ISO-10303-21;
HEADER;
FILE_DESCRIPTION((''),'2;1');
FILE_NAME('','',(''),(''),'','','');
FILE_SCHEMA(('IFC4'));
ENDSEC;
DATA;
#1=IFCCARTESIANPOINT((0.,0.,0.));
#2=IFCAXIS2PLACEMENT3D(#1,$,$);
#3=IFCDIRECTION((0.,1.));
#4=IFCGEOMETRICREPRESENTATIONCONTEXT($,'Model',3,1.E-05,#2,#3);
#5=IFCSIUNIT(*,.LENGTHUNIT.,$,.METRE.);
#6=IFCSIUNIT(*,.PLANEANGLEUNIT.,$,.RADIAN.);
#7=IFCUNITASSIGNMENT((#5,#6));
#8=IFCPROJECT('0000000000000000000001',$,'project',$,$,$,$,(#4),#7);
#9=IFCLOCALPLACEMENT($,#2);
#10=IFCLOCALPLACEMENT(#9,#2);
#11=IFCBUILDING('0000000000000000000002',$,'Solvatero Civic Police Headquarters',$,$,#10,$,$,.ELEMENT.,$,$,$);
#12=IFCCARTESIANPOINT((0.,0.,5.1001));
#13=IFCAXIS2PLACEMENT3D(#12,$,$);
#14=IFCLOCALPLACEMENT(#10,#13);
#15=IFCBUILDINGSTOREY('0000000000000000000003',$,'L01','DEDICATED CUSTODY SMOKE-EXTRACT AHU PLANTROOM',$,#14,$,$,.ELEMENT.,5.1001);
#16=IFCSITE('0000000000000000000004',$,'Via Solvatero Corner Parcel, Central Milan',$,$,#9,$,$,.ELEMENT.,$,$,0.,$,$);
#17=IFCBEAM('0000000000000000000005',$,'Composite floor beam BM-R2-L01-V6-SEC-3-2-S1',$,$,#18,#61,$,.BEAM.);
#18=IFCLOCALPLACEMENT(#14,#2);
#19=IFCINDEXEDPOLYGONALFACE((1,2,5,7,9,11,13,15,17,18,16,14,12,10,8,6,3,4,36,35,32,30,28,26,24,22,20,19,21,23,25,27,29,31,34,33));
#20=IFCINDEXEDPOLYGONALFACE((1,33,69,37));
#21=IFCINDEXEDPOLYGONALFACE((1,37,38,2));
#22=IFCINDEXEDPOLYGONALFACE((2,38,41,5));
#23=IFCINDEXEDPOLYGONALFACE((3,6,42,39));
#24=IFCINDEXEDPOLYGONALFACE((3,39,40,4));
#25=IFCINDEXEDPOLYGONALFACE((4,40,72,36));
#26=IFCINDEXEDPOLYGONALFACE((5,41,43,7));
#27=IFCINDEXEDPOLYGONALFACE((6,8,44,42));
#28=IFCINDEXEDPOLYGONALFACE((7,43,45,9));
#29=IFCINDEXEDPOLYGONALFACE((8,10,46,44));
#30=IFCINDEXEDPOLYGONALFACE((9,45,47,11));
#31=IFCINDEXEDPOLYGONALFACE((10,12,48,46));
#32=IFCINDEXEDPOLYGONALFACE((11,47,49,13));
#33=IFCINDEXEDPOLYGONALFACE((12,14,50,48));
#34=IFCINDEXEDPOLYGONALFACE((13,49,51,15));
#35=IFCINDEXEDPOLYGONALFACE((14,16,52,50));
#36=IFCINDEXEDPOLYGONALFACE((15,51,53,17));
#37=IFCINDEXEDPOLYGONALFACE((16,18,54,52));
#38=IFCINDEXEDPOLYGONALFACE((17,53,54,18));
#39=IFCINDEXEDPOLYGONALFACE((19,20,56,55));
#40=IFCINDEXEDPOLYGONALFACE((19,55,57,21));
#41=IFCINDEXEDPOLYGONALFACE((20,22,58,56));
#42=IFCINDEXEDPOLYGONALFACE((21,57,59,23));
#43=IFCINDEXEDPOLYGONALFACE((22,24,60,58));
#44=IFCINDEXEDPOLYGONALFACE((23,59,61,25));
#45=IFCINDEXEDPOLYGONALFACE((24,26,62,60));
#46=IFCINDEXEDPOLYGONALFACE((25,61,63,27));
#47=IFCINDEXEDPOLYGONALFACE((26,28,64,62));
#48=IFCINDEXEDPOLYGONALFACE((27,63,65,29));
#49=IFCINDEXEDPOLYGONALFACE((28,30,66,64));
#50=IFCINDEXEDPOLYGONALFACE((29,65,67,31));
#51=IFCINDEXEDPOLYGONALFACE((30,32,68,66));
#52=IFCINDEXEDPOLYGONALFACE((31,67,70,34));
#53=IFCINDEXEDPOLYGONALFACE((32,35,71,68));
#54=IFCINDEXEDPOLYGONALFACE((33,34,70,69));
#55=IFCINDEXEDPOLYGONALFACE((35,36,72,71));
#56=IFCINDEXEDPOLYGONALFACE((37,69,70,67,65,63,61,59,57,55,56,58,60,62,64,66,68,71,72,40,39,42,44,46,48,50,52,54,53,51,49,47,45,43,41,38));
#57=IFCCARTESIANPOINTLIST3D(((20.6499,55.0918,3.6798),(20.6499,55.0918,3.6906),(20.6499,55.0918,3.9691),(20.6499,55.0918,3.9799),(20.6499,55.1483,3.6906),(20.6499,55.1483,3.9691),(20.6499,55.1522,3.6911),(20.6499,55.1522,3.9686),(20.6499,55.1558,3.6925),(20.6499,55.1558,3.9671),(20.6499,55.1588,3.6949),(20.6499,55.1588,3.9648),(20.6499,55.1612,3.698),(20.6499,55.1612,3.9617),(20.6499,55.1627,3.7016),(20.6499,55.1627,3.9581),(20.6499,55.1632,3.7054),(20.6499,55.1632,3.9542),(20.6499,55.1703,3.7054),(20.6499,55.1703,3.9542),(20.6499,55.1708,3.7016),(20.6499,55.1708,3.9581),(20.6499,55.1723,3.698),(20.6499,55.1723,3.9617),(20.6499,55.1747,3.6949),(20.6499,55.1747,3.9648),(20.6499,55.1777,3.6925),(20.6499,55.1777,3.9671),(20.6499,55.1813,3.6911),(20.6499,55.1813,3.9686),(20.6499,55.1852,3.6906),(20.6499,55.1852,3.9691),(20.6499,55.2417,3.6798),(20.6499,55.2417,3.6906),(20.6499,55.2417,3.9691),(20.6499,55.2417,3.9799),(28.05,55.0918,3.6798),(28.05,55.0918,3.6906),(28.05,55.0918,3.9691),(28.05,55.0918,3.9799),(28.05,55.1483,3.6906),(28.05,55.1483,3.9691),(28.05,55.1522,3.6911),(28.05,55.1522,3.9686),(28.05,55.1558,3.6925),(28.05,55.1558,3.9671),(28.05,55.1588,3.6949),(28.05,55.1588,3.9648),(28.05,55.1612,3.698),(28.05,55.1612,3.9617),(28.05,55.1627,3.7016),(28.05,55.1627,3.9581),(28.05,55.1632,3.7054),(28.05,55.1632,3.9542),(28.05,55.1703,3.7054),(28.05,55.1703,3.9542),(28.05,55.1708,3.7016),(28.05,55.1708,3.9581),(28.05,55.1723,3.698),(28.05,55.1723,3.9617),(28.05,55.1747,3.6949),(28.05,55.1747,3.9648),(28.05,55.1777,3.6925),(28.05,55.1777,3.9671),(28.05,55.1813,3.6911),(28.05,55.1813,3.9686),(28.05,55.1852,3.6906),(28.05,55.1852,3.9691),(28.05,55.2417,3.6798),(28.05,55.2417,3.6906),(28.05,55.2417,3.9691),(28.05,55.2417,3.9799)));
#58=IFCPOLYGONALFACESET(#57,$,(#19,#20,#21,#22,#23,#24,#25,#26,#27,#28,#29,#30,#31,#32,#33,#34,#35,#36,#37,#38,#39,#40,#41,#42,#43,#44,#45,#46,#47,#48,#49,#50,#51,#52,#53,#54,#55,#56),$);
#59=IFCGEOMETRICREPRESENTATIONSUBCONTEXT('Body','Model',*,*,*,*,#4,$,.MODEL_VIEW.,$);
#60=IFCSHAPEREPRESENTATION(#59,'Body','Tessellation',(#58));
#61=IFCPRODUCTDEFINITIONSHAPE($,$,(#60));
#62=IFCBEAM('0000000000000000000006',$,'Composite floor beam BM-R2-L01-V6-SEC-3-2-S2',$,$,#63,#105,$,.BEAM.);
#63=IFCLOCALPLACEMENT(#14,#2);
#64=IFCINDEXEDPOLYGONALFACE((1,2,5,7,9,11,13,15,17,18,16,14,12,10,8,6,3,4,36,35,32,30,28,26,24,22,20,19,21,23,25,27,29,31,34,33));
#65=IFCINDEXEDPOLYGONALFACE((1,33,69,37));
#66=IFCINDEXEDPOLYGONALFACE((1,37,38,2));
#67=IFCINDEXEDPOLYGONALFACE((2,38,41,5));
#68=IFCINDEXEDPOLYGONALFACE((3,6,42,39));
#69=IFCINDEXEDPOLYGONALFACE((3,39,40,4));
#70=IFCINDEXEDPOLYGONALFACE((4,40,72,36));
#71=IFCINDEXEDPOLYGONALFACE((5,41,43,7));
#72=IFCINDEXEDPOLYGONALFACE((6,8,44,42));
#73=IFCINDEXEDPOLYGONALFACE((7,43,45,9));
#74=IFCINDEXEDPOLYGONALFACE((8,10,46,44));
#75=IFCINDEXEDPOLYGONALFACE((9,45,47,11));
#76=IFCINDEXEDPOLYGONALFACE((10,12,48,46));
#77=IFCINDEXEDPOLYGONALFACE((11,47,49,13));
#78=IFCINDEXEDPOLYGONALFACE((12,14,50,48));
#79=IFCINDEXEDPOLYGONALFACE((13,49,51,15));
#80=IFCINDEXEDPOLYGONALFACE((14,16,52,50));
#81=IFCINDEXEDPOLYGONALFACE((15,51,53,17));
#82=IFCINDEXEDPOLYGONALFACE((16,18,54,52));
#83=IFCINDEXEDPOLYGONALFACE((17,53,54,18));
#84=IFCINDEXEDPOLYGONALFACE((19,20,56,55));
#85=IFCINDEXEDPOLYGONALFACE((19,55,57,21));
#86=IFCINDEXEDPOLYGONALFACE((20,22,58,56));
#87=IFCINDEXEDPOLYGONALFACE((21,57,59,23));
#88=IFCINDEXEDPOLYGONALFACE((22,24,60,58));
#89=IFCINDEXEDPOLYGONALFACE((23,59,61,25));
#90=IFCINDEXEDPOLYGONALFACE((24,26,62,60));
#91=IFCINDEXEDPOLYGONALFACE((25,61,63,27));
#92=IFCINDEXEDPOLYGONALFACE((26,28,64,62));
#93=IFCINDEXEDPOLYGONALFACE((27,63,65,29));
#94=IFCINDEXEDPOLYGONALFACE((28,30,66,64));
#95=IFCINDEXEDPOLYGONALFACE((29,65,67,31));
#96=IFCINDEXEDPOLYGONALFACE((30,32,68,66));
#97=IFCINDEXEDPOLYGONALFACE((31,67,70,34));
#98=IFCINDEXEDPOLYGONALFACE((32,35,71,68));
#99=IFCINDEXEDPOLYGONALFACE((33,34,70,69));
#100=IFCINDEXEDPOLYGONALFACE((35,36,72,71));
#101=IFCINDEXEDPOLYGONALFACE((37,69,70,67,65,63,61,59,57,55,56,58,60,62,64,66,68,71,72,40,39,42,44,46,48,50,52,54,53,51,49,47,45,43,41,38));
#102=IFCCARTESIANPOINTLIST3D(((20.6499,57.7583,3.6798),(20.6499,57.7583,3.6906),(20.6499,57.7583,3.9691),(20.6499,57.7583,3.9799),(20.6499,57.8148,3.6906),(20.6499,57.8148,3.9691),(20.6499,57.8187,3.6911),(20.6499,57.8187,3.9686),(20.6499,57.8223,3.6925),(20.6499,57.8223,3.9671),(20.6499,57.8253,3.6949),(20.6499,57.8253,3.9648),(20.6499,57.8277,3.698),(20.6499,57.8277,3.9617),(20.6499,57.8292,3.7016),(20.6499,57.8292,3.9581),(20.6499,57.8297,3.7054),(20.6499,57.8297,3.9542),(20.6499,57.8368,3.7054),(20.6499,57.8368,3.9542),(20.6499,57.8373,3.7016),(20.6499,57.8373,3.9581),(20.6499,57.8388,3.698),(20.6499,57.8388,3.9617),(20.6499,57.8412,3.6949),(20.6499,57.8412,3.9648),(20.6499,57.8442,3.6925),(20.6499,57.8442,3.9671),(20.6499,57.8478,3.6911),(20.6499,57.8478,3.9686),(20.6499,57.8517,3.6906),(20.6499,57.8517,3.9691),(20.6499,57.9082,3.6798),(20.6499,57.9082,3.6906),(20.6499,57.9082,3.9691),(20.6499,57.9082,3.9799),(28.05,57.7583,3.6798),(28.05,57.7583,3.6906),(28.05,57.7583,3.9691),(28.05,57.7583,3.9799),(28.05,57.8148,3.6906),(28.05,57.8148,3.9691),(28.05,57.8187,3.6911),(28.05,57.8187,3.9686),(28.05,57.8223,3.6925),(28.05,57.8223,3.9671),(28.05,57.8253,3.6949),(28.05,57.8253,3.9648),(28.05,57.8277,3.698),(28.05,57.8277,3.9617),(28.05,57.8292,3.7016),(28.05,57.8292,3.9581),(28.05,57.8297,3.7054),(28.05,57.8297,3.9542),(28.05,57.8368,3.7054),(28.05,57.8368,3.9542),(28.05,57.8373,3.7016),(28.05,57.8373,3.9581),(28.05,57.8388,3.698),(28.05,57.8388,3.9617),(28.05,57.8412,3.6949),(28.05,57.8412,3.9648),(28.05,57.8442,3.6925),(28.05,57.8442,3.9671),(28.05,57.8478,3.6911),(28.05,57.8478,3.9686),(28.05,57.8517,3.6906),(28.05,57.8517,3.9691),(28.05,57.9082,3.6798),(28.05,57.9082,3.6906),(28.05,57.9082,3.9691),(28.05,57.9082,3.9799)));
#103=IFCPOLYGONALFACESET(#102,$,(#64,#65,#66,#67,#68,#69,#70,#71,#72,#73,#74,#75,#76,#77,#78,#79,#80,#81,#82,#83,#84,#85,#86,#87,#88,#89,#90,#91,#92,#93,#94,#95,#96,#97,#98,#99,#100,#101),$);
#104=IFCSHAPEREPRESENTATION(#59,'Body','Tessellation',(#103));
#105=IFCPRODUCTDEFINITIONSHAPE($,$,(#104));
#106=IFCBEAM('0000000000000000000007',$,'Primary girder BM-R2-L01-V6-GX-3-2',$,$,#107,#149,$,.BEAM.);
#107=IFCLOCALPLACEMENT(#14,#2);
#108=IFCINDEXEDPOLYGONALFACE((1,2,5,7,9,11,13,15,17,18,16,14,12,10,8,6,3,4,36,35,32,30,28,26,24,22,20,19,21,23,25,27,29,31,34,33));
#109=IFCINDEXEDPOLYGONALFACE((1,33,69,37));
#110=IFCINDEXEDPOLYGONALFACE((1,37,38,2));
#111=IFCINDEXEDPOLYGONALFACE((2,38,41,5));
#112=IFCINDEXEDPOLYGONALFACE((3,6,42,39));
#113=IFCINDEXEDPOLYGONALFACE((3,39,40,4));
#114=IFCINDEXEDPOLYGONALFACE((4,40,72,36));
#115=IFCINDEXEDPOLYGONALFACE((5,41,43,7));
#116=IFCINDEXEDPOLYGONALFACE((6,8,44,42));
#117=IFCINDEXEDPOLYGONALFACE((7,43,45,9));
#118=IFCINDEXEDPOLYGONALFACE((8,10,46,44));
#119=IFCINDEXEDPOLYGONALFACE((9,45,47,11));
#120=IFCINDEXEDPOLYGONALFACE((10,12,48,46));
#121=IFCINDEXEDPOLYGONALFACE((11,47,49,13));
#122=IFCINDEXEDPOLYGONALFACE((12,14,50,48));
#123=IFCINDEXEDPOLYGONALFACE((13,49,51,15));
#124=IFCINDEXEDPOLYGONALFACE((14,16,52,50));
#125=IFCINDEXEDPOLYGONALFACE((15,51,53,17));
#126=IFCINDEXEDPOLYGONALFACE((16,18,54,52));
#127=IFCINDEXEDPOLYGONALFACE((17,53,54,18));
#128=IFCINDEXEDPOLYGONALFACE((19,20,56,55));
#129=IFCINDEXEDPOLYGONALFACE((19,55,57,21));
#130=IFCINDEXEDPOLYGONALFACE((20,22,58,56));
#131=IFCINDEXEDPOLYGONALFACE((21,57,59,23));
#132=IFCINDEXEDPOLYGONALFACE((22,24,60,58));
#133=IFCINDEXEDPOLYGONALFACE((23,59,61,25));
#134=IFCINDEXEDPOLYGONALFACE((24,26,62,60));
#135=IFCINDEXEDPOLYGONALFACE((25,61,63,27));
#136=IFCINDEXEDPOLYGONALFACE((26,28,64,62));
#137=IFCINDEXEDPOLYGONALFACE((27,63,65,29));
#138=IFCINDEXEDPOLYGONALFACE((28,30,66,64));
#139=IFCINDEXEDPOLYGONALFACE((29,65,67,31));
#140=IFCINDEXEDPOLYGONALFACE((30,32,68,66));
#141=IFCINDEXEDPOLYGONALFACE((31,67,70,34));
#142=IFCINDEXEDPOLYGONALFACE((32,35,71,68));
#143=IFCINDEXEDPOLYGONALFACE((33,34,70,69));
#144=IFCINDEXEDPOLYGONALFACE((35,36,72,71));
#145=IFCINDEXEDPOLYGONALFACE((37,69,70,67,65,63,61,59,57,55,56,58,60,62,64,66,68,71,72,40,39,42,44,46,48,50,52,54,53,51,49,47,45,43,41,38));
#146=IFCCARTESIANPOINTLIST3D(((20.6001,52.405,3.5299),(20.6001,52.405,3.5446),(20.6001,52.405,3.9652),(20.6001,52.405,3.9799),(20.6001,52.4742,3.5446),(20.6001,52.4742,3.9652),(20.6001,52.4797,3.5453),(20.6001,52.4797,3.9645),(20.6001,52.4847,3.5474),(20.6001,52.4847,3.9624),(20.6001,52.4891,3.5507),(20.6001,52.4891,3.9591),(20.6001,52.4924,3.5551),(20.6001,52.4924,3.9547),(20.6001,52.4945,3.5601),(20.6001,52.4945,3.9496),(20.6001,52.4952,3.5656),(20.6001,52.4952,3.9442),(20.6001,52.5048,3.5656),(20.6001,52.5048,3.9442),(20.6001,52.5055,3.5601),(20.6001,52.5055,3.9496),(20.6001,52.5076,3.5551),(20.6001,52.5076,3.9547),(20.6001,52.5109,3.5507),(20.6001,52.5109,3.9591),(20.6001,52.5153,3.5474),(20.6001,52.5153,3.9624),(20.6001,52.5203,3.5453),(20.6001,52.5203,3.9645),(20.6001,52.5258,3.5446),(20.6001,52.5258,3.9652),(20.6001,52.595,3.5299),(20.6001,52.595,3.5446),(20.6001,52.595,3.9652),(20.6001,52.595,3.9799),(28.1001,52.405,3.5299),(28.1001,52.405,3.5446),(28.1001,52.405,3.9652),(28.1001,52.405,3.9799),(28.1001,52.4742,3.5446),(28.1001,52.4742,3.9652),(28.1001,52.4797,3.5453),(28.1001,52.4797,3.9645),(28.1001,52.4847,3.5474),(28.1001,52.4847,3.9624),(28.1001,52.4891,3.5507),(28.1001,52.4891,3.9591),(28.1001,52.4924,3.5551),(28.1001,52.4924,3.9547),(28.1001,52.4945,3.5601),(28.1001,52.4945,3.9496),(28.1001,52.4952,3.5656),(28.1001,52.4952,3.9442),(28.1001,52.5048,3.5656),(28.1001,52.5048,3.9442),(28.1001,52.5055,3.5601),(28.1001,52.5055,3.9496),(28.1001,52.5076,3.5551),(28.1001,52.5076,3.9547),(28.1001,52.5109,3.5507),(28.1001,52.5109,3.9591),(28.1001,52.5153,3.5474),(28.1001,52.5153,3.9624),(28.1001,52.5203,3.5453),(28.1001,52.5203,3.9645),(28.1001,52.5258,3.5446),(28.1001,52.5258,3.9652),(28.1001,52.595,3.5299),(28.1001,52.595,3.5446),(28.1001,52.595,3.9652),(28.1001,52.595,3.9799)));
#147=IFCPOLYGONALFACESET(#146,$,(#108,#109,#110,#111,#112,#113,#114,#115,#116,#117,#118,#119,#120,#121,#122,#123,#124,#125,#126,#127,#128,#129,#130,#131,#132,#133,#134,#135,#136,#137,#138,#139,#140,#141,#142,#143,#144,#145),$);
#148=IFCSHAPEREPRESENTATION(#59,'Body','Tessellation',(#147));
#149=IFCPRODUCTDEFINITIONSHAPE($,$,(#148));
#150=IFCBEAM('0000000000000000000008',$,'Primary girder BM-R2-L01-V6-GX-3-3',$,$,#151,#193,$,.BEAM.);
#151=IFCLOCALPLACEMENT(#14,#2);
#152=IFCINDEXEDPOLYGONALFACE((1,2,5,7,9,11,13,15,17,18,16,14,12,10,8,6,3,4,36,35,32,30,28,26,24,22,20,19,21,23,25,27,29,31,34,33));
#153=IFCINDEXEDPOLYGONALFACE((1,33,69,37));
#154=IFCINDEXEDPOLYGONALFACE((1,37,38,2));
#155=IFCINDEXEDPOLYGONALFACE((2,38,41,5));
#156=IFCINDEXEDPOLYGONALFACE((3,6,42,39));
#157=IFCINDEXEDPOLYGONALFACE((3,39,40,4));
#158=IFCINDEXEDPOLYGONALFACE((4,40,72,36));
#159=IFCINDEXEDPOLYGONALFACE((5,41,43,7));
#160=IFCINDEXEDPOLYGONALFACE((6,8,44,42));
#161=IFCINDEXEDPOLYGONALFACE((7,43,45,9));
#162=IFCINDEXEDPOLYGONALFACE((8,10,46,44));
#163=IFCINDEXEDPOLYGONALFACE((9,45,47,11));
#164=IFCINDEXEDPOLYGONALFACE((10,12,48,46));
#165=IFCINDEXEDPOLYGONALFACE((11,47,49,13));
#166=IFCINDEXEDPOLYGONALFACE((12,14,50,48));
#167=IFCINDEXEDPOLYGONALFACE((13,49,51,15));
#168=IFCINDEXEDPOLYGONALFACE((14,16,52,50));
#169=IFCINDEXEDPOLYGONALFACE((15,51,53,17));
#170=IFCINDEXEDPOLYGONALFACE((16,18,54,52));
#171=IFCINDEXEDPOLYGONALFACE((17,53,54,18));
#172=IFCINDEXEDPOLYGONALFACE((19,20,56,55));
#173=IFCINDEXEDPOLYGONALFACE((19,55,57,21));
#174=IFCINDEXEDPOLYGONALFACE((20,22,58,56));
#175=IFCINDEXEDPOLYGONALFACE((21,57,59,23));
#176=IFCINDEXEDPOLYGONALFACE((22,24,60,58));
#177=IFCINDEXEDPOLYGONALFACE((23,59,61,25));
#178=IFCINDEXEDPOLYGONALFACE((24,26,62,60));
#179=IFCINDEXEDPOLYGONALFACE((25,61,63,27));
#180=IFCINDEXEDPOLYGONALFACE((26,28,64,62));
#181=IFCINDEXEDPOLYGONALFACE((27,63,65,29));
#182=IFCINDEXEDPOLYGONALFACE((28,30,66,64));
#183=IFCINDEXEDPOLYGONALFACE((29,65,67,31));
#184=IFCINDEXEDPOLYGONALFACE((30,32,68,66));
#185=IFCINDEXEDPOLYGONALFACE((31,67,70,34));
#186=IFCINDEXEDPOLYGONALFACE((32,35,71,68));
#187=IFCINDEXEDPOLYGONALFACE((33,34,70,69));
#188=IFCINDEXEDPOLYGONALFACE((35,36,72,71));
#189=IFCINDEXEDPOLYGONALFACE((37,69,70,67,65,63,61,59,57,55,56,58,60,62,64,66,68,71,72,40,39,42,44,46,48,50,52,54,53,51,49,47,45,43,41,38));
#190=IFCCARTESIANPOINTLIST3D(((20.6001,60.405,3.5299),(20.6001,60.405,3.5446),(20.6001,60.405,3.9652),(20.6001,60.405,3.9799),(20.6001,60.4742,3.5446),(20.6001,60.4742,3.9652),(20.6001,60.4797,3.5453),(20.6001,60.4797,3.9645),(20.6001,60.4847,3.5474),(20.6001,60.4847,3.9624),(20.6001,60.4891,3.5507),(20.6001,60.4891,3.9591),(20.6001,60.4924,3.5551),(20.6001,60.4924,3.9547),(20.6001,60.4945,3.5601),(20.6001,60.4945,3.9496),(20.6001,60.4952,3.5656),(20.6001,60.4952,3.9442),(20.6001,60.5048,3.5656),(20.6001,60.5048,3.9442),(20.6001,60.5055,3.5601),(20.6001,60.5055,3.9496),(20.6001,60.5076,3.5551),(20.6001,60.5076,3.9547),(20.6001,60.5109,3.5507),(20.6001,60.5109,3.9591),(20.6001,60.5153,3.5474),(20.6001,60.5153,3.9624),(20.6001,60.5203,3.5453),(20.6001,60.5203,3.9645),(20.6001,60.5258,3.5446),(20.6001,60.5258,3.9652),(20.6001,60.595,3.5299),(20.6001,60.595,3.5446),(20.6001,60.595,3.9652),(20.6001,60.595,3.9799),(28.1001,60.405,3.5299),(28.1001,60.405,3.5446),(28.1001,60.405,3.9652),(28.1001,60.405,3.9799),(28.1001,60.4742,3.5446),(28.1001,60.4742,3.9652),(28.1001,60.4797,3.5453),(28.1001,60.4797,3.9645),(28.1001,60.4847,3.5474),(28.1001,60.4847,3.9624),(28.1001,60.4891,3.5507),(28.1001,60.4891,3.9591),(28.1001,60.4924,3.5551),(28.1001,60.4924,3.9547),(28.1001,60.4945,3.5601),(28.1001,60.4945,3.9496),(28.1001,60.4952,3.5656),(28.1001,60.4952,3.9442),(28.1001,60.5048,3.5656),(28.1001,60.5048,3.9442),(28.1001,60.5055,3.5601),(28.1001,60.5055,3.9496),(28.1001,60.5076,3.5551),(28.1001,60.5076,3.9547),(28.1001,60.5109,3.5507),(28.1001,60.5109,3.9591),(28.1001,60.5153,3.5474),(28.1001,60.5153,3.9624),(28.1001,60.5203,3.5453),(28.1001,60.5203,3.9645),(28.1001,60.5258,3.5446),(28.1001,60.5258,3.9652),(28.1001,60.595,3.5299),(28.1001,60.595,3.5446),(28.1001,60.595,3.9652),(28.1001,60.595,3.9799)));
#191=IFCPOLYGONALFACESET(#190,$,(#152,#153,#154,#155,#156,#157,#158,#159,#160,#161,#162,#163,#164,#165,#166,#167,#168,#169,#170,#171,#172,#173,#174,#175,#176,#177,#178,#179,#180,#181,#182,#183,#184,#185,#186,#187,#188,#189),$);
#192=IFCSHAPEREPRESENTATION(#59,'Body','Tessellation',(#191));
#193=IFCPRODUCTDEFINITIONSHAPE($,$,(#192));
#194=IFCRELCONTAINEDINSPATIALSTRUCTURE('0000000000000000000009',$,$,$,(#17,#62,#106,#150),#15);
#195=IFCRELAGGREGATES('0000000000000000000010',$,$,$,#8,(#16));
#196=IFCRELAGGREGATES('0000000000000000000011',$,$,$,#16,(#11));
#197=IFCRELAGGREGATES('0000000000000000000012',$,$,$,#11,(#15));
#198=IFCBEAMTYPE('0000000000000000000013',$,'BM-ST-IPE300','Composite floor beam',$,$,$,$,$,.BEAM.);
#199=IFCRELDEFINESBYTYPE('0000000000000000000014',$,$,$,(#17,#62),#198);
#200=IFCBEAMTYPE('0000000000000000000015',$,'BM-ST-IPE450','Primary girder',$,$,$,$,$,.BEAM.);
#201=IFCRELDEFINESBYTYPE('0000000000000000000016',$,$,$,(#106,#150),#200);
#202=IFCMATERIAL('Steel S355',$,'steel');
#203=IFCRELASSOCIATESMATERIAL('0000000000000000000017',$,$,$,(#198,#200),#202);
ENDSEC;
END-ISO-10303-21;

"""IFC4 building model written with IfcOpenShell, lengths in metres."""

from ifc_helpers import new_model, si_unit, direction, frame, origin, origin_2d, place, context, subcontext, project, spatial, i_section, extrude, material, material_profile, profile_set, type_object, element, save


model = new_model("IFC4")

# Units and contexts
model_context = context("Model", 3, precision=1e-05, world=origin(), true_north=direction((0.0, 1.0)))
body_context = subcontext(model_context, "Body", "Model", "MODEL_VIEW")
ifc_project = project(units=[si_unit("LENGTHUNIT", "METRE"), si_unit("PLANEANGLEUNIT", "RADIAN")], contexts=[model_context])

# Site, building, storey
site_placement = place(None, origin())
site = spatial("IfcSite", under=ifc_project, at=site_placement, Name="Via Solvatero Corner Parcel, Central Milan", CompositionType="ELEMENT", RefElevation=0.0)
building_placement = place(site_placement, origin())
building = spatial("IfcBuilding", under=site, at=building_placement, Name="Solvatero Civic Police Headquarters", CompositionType="ELEMENT")
storey_placement = place(building_placement, frame((0.0, 0.0, 5.1001)))
storey = spatial("IfcBuildingStorey", under=building, at=storey_placement, Name="L01", Description="DEDICATED CUSTODY SMOKE-EXTRACT AHU PLANTROOM", CompositionType="ELEMENT", Elevation=5.1001)

# Shared definitions
ifc_material_1 = material(Name="Steel S355", Category="steel")

# Beams
ifc_material_profile_1 = material_profile(ifc_material_1, i_section(OverallWidth=0.1499, OverallDepth=0.3, WebThickness=0.0071, FlangeThickness=0.0107, FilletRadius=0.0149, at=origin_2d()), Name="IPE 300")
ifc_profile_set_1 = profile_set([ifc_material_profile_1], Name="Steel S355")
beam_type_1 = type_object("IfcBeamType", Name="BM-ST-IPE300", Description="Composite floor beam", PredefinedType="BEAM", material=ifc_profile_set_1)
for number, where, z_axis, x_axis, name in (
    (1, (20.6499, 55.1667, 3.8298), (1.0, 0.0, 0.0), (0.0, 1.0, 0.0), "Composite floor beam BM-R2-L01-V6-SEC-3-2-S1"),
    (2, (20.6499, 57.8333, 3.8298), (1.0, 0.0, 0.0), (0.0, 1.0, 0.0), "Composite floor beam BM-R2-L01-V6-SEC-3-2-S2"),
):
    element("IfcBeam", number, at=place(storey_placement, frame(where, z_axis=z_axis, x_axis=x_axis)), inside=storey, type_object=beam_type_1, Name=name, PredefinedType="BEAM", context=body_context, shape_type="SweptSolid", body=[
        extrude(i_section(OverallWidth=0.1499, OverallDepth=0.3, WebThickness=0.0071, FlangeThickness=0.0107, FilletRadius=0.0149, at=origin_2d()), origin(), (0.0, 0.0, 1.0), 7.4001),
    ])
ifc_material_profile_2 = material_profile(ifc_material_1, i_section(OverallWidth=0.1899, OverallDepth=0.45, WebThickness=0.0095, FlangeThickness=0.0146, FilletRadius=0.021, at=origin_2d()), Name="IPE 450")
ifc_profile_set_2 = profile_set([ifc_material_profile_2], Name="Steel S355")
beam_type_2 = type_object("IfcBeamType", Name="BM-ST-IPE450", Description="Primary girder", PredefinedType="BEAM", material=ifc_profile_set_2)
for number, where, z_axis, x_axis, name in (
    (3, (20.6001, 52.5, 3.7549), (1.0, 0.0, 0.0), (0.0, 1.0, 0.0), "Primary girder BM-R2-L01-V6-GX-3-2"),
    (4, (20.6001, 60.5, 3.7549), (1.0, 0.0, 0.0), (0.0, 1.0, 0.0), "Primary girder BM-R2-L01-V6-GX-3-3"),
):
    element("IfcBeam", number, at=place(storey_placement, frame(where, z_axis=z_axis, x_axis=x_axis)), inside=storey, type_object=beam_type_2, Name=name, PredefinedType="BEAM", context=body_context, shape_type="SweptSolid", body=[
        extrude(i_section(OverallWidth=0.1899, OverallDepth=0.45, WebThickness=0.0095, FlangeThickness=0.0146, FilletRadius=0.021, at=origin_2d()), origin(), (0.0, 0.0, 1.0), 7.5),
    ])

save(model, "model.ifc")
